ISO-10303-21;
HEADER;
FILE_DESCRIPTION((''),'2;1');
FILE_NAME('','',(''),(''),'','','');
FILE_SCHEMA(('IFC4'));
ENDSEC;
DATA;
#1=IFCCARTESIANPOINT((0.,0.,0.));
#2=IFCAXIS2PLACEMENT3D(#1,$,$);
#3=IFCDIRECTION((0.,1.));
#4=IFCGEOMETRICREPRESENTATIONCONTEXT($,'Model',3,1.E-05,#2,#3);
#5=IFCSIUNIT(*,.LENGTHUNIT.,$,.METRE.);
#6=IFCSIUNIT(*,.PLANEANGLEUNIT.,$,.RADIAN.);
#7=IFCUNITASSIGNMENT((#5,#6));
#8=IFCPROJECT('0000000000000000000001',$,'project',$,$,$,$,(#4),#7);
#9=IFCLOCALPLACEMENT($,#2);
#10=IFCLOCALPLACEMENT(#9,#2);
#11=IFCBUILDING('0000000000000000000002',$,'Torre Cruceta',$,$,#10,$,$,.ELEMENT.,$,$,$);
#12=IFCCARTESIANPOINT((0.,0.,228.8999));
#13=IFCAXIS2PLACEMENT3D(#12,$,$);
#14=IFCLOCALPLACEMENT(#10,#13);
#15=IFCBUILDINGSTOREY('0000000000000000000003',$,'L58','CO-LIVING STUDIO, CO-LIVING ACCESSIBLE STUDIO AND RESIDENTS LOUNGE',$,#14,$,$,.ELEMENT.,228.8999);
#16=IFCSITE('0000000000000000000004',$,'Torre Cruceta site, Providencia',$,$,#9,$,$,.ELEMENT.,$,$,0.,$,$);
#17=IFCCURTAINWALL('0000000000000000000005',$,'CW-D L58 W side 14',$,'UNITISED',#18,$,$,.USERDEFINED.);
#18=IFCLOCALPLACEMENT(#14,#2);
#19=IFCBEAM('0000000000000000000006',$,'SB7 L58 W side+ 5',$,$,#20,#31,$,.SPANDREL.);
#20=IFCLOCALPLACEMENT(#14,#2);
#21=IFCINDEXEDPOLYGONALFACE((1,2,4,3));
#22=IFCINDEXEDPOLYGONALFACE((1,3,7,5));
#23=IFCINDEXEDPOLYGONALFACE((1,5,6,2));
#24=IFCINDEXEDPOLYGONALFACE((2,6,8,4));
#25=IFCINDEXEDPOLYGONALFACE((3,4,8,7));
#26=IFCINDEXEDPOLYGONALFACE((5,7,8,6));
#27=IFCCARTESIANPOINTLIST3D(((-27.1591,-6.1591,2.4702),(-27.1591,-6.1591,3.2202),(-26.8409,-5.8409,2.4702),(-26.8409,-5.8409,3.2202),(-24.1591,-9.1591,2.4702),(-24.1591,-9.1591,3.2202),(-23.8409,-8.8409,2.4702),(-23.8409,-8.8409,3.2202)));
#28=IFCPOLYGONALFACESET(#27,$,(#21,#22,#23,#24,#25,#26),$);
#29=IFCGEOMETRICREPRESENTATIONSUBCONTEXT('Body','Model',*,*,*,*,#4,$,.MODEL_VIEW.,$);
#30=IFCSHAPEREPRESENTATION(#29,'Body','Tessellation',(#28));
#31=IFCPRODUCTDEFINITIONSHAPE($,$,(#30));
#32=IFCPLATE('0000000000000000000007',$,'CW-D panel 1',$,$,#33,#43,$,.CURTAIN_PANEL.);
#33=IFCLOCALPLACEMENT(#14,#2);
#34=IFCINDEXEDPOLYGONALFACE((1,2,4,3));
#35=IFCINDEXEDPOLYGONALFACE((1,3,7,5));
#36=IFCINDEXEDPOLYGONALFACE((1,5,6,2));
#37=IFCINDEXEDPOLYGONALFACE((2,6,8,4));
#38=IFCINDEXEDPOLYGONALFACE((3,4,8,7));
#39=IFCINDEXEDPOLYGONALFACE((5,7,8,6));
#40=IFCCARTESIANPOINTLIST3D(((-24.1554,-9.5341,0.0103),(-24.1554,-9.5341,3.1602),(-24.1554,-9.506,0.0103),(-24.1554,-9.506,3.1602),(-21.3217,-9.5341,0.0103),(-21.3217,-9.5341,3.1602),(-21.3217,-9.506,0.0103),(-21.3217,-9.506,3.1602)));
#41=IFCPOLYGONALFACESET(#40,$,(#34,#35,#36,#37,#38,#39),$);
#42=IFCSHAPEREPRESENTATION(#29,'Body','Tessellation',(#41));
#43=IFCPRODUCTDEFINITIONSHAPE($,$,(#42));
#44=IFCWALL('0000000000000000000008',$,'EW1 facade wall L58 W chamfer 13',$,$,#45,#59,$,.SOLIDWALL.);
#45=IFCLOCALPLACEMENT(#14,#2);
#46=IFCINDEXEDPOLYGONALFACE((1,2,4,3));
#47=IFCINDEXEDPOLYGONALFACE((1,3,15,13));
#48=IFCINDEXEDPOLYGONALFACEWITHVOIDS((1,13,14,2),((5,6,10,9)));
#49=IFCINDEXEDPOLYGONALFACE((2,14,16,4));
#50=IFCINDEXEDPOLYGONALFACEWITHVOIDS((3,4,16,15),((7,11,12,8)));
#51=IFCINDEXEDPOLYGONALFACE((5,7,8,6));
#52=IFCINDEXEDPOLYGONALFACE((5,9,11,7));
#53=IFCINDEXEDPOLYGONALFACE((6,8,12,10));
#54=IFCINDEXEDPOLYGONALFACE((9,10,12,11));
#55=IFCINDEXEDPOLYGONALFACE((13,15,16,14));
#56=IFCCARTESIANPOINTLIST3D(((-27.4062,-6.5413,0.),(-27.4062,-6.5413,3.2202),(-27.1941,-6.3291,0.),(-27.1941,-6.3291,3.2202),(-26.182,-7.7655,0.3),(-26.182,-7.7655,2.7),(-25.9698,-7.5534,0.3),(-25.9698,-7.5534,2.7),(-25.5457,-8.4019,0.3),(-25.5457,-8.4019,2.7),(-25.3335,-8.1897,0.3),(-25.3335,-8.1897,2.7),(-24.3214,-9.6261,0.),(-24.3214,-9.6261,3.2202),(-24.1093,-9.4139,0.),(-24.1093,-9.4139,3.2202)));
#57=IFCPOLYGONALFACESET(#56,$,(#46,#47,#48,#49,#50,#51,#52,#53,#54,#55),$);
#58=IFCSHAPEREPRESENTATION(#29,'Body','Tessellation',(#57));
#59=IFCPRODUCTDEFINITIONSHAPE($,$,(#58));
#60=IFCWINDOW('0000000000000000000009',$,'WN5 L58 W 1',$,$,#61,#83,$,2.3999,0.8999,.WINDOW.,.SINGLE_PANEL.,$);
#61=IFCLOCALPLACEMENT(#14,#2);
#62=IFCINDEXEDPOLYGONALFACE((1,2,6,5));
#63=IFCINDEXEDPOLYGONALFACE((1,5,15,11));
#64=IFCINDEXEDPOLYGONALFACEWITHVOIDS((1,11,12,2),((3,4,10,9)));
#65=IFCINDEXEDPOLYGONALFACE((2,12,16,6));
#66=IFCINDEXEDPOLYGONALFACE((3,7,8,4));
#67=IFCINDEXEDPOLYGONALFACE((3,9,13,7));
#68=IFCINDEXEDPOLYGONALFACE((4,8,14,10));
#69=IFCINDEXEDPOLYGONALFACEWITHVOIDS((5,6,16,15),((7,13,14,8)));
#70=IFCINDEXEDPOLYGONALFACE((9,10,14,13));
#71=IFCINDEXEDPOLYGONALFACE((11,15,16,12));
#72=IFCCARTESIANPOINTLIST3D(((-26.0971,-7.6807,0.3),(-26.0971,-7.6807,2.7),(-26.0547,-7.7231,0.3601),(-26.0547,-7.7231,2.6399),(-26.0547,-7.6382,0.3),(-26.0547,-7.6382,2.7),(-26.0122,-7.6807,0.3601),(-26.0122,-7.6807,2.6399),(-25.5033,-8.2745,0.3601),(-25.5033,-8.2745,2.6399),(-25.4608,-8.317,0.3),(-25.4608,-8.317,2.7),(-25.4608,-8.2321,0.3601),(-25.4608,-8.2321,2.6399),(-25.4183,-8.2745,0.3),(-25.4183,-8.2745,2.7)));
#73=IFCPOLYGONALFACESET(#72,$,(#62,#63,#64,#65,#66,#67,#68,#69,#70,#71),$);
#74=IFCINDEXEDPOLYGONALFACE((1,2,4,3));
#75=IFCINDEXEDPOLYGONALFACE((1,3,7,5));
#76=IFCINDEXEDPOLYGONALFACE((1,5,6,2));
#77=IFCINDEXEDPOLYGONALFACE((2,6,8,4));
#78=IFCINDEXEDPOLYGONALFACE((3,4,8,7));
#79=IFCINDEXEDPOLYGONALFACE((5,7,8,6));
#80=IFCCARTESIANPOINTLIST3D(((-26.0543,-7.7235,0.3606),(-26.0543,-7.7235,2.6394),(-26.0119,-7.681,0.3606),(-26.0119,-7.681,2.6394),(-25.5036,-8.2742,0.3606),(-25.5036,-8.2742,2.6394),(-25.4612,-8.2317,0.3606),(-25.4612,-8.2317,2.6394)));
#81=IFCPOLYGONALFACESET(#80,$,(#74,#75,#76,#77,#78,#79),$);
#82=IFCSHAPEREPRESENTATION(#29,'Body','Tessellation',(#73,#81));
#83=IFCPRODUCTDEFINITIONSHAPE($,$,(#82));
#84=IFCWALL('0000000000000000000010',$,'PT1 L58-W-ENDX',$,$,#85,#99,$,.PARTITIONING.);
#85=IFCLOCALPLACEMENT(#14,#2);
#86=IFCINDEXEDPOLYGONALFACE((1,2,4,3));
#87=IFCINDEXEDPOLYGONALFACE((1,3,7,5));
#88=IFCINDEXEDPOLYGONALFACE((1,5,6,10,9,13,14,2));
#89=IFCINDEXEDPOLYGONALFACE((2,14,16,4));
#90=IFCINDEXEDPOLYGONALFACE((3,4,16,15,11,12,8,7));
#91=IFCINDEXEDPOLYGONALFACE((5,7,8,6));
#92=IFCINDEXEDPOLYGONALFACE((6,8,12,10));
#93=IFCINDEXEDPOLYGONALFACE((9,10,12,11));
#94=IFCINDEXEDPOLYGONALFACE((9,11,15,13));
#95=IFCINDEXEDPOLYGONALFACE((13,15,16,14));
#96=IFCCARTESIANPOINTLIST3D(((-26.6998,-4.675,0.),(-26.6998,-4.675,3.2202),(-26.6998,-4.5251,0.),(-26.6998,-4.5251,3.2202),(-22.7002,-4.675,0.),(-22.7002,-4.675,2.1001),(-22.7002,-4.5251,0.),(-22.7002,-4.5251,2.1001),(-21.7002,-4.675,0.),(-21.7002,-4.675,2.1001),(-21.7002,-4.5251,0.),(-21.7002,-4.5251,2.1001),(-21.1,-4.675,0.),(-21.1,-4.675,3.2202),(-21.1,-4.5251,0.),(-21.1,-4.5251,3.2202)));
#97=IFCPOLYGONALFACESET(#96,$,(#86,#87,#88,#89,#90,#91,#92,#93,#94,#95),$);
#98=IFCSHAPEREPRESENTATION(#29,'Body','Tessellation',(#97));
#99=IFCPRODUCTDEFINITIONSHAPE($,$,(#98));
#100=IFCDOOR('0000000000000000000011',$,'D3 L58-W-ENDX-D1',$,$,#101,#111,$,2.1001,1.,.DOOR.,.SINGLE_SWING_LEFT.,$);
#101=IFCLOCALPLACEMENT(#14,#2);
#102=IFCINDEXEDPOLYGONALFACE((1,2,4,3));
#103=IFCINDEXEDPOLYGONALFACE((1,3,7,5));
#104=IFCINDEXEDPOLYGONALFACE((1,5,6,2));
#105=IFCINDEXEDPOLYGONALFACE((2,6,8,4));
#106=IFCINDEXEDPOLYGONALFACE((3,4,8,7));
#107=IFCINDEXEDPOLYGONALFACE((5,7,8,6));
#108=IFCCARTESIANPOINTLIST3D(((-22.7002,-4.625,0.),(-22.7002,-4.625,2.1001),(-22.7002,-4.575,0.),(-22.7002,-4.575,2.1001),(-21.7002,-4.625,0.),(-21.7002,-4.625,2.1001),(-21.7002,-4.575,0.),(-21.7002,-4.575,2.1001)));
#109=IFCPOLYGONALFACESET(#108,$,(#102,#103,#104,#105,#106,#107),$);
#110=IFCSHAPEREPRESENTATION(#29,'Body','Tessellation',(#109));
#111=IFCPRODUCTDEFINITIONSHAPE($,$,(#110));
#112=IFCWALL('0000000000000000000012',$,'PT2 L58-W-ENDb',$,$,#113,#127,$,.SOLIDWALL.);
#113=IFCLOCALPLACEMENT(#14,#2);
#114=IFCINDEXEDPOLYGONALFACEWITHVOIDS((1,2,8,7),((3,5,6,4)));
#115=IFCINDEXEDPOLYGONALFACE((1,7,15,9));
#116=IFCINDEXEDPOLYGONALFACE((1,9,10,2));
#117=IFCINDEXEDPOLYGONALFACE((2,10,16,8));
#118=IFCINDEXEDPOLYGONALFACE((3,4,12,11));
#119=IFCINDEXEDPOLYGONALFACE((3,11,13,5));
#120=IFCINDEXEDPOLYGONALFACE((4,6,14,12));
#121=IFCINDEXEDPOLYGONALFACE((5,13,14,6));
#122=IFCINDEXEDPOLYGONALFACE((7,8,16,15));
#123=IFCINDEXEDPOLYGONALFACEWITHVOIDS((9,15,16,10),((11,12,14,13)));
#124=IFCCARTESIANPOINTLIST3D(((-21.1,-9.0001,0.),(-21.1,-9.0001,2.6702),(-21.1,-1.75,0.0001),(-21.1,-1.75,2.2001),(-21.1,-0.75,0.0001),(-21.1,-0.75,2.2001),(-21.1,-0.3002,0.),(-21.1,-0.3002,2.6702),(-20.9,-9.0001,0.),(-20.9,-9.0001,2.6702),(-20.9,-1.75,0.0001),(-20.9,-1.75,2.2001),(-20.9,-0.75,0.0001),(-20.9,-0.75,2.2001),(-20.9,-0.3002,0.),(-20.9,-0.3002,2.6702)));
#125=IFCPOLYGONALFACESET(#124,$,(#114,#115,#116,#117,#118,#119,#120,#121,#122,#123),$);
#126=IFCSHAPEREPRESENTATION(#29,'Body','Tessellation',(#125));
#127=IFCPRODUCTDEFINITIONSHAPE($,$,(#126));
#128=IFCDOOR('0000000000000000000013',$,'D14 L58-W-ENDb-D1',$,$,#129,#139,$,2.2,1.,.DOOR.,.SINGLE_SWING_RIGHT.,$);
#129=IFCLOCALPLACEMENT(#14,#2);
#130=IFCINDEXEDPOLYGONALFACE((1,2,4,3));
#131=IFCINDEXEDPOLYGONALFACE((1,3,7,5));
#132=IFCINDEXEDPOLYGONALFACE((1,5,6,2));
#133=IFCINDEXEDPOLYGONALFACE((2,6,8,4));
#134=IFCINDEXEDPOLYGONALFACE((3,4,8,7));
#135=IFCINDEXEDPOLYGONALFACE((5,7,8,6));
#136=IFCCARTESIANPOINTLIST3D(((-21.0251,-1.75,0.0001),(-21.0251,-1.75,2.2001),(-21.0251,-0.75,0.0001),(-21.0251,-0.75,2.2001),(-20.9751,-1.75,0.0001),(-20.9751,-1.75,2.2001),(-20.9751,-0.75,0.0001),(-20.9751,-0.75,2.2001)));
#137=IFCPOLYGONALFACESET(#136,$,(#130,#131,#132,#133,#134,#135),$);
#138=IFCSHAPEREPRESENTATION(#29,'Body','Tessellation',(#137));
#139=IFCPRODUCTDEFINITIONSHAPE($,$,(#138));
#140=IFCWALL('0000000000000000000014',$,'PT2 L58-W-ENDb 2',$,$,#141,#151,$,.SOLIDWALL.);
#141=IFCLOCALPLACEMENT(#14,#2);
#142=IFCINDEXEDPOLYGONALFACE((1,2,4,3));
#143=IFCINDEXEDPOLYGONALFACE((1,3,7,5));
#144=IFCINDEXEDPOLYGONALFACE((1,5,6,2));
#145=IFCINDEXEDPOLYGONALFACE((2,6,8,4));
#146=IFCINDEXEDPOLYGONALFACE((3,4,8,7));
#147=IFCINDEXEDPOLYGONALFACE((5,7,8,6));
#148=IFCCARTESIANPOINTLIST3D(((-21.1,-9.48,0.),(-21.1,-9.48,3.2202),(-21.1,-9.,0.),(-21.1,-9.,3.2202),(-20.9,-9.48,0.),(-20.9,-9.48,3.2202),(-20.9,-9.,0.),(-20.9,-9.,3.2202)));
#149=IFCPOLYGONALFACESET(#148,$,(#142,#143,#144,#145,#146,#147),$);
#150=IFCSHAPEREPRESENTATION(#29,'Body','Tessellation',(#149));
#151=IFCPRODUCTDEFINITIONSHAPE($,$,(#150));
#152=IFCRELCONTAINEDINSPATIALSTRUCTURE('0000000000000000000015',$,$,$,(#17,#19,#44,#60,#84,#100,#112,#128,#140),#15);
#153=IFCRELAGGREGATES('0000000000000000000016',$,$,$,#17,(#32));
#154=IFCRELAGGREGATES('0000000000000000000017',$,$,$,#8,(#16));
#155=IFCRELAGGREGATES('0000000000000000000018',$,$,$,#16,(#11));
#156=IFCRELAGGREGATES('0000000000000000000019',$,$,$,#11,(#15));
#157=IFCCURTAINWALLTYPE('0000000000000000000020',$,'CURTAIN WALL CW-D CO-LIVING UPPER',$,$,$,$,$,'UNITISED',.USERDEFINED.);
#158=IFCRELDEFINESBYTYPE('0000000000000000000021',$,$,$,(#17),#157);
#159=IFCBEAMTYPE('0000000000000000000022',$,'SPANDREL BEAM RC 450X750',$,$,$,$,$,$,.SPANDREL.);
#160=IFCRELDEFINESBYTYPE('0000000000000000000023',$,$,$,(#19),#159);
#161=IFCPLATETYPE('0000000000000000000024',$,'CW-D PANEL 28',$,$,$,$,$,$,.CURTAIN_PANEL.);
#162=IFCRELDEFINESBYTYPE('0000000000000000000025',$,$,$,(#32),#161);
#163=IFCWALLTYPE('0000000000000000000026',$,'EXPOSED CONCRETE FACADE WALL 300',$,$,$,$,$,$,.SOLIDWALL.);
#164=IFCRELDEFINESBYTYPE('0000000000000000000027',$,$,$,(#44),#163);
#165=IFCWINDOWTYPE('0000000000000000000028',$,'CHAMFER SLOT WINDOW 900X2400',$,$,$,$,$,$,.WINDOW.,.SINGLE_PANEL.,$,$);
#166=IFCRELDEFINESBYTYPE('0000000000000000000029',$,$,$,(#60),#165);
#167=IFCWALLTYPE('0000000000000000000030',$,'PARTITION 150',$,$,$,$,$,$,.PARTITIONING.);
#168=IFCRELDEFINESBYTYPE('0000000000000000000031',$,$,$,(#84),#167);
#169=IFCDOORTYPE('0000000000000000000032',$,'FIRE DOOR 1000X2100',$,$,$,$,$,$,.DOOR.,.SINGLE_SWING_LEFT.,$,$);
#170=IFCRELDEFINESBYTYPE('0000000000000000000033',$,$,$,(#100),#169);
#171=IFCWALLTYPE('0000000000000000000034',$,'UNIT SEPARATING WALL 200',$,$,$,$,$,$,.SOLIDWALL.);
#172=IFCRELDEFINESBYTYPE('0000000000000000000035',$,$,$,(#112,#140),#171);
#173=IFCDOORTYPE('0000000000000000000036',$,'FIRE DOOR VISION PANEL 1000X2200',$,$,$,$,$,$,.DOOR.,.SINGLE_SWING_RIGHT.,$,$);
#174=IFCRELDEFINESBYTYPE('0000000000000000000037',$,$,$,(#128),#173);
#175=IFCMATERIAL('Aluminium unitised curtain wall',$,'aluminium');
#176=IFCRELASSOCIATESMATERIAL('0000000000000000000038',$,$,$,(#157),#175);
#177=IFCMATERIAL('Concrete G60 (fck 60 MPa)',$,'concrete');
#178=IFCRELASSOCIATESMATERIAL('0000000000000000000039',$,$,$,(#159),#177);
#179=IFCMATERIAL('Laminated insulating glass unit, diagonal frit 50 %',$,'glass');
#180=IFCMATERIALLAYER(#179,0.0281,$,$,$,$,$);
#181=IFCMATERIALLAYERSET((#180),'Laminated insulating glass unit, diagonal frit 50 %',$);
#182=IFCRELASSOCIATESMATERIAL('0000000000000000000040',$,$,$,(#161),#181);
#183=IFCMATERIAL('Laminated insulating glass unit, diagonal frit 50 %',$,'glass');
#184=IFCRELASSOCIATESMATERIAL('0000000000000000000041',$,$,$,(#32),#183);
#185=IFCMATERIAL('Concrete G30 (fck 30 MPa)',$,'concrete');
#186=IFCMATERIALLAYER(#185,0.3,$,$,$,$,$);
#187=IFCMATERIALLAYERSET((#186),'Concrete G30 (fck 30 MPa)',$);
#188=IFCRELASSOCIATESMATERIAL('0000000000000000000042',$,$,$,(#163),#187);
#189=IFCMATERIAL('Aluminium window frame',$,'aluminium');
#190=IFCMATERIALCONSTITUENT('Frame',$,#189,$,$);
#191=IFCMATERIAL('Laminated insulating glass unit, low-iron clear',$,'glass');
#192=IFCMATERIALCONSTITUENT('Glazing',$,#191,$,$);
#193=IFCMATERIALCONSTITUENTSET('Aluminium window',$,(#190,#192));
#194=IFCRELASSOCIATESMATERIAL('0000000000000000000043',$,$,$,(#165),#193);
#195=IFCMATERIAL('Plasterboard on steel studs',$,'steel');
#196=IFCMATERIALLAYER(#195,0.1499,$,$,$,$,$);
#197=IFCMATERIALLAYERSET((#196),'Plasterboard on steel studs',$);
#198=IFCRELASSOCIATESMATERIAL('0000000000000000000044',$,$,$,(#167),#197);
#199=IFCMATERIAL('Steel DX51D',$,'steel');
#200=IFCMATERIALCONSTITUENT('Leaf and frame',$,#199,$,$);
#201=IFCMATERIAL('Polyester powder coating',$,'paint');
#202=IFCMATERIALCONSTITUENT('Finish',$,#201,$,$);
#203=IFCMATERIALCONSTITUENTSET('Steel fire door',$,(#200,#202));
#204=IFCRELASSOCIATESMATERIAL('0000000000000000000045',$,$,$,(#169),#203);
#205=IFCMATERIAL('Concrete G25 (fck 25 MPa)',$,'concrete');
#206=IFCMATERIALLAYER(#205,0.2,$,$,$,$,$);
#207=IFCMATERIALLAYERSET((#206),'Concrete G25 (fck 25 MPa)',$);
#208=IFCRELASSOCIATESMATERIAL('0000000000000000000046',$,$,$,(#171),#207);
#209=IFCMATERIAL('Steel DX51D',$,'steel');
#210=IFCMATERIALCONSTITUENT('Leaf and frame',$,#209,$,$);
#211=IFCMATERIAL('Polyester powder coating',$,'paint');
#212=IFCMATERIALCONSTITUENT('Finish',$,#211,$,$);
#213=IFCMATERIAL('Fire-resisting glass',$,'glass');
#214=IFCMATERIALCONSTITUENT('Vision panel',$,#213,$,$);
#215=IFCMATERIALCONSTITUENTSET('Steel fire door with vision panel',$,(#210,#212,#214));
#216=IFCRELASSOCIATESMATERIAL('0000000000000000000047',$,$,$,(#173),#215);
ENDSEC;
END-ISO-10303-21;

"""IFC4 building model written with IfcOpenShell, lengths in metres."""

from ifc_helpers import new_model, si_unit, direction, frame, frame_2d, origin, origin_2d, place, context, subcontext, project, spatial, rectangle, hollow_rectangle, extrude, material, layer, layer_set, constituent, constituent_set, material_profile, profile_set, type_object, element, fill, aggregate, save


model = new_model("IFC4")

# Units and contexts
model_context = context("Model", 3, precision=1e-05, world=origin(), true_north=direction((0.0, 1.0)))
body_context = subcontext(model_context, "Body", "Model", "MODEL_VIEW")
ifc_project = project(units=[si_unit("LENGTHUNIT", "METRE"), si_unit("PLANEANGLEUNIT", "RADIAN")], contexts=[model_context])

# Site, building, storey
site_placement = place(None, origin())
site = spatial("IfcSite", under=ifc_project, at=site_placement, Name="Torre Cruceta site, Providencia", CompositionType="ELEMENT", RefElevation=0.0)
building_placement = place(site_placement, origin())
building = spatial("IfcBuilding", under=site, at=building_placement, Name="Torre Cruceta", CompositionType="ELEMENT")
storey_placement = place(building_placement, frame((0.0, 0.0, 228.8999)))
storey = spatial("IfcBuildingStorey", under=building, at=storey_placement, Name="L58", Description="CO-LIVING STUDIO, CO-LIVING ACCESSIBLE STUDIO AND RESIDENTS LOUNGE", CompositionType="ELEMENT", Elevation=228.8999)

# Curtain wall
ifc_material_1 = material(Name="Aluminium unitised curtain wall", Category="aluminium")
curtain_wall_type = type_object("IfcCurtainWallType", Name="CURTAIN WALL CW-D CO-LIVING UPPER", ElementType="UNITISED", PredefinedType="USERDEFINED", material=ifc_material_1)
curtain_wall_placement = place(storey_placement, origin())
curtain_wall = element("IfcCurtainWall", 1, at=curtain_wall_placement, inside=storey, type_object=curtain_wall_type, Name="CW-D L58 W side 14", ObjectType="UNITISED", PredefinedType="USERDEFINED")

# Beam
ifc_material_2 = material(Name="Concrete G60 (fck 60 MPa)", Category="concrete")
ifc_material_profile_1 = material_profile(ifc_material_2, rectangle(XDim=0.45, YDim=0.75, at=origin_2d()), Name="RC 450X750")
ifc_profile_set_1 = profile_set([ifc_material_profile_1], Name="Concrete G60 (fck 60 MPa)")
beam_type_1 = type_object("IfcBeamType", Name="SPANDREL BEAM RC 450X750", PredefinedType="SPANDREL", material=ifc_profile_set_1)
beam_1_placement = place(storey_placement, frame((-24.0, -9.0, 2.8452), z_axis=(-0.707107, 0.707107, 0.0), x_axis=(-0.707107, -0.707107, 0.0)))
element("IfcBeam", 2, at=beam_1_placement, inside=storey, type_object=beam_type_1, Name="SB7 L58 W side+ 5", PredefinedType="SPANDREL", context=body_context, shape_type="SweptSolid", body=[
    extrude(rectangle(XDim=0.45, YDim=0.75, at=origin_2d()), origin(), (0.0, 0.0, 1.0), 4.2427),
])

# Plate
ifc_material_3 = material(Name="Laminated insulating glass unit, diagonal frit 50 %", Category="glass")
ifc_material_4 = material(Name="Laminated insulating glass unit, diagonal frit 50 %", Category="glass")
ifc_layer_1 = layer(ifc_material_4, 0.0281)
ifc_layer_set_1 = layer_set([ifc_layer_1], Name="Laminated insulating glass unit, diagonal frit 50 %")
plate_type = type_object("IfcPlateType", Name="CW-D PANEL 28", PredefinedType="CURTAIN_PANEL", material=ifc_layer_set_1)
plate_placement = place(storey_placement, frame((-22.7385, -9.52, 0.0103), z_axis=(0.0, 0.0, 1.0), x_axis=(1.0, 0.0, 0.0)))
plate = element("IfcPlate", 3, at=plate_placement, type_object=plate_type, material=ifc_material_3, Name="CW-D panel 1", PredefinedType="CURTAIN_PANEL", context=body_context, shape_type="SweptSolid", body=[
    extrude(rectangle(XDim=2.8337, YDim=0.0281, at=origin_2d()), origin(), (0.0, 0.0, 1.0), 3.1499),
])
aggregate(curtain_wall, [plate])

# Wall, opening, window
ifc_material_5 = material(Name="Concrete G30 (fck 30 MPa)", Category="concrete")
ifc_layer_2 = layer(ifc_material_5, 0.3)
ifc_layer_set_2 = layer_set([ifc_layer_2], Name="Concrete G30 (fck 30 MPa)")
wall_type_1 = type_object("IfcWallType", Name="EXPOSED CONCRETE FACADE WALL 300", PredefinedType="SOLIDWALL", material=ifc_layer_set_2)
wall_1_placement = place(storey_placement, frame((-27.3, -6.4353, 0.0), z_axis=(0.0, 0.0, 1.0), x_axis=(0.707107, -0.707107, 0.0)))
wall_1 = element("IfcWall", 4, at=wall_1_placement, inside=storey, type_object=wall_type_1, Name="EW1 facade wall L58 W chamfer 13", PredefinedType="SOLIDWALL", context=body_context, shape_type="SweptSolid", body=[
    extrude(rectangle(XDim=4.3625, YDim=0.3, at=frame_2d((2.1812, 0.0))), origin(), (0.0, 0.0, 1.0), 3.2202),
])
opening_1_placement = place(wall_1_placement, frame((1.7312, 0.0, 0.3)))
opening_1 = element("IfcOpeningElement", 5, at=opening_1_placement, cuts=wall_1, PredefinedType="OPENING", context=body_context, shape_type="SweptSolid", body=[
    extrude(rectangle(XDim=0.8999, YDim=2.3999, at=frame_2d((0.45, 1.2))), frame((0.0, 0.1599, 0.0), z_axis=(0.0, -1.0, 0.0), x_axis=(1.0, 0.0, 0.0)), (0.0, 0.0, 1.0), 0.3201),
])
ifc_material_6 = material(Name="Aluminium window frame", Category="aluminium")
ifc_constituent_1 = constituent(ifc_material_6, Name="Frame")
ifc_material_7 = material(Name="Laminated insulating glass unit, low-iron clear", Category="glass")
ifc_constituent_2 = constituent(ifc_material_7, Name="Glazing")
ifc_constituent_set_1 = constituent_set(constituents=[ifc_constituent_1, ifc_constituent_2], Name="Aluminium window")
window_type = type_object("IfcWindowType", Name="CHAMFER SLOT WINDOW 900X2400", PartitioningType="SINGLE_PANEL", PredefinedType="WINDOW", material=ifc_constituent_set_1)
window_placement = place(opening_1_placement, origin())
window = element("IfcWindow", 6, at=window_placement, inside=storey, type_object=window_type, Name="WN5 L58 W 1", OverallHeight=2.3999, OverallWidth=0.8999, PartitioningType="SINGLE_PANEL", PredefinedType="WINDOW", context=body_context, shape_type="SweptSolid", body=[
    extrude(hollow_rectangle(XDim=0.8999, YDim=2.3999, WallThickness=0.0601, at=frame_2d((0.45, 1.2))), frame((0.0, 0.03, 0.0), z_axis=(0.0, -1.0, 0.0), x_axis=(1.0, 0.0, 0.0)), (0.0, 0.0, 1.0), 0.0601),
    extrude(rectangle(XDim=0.7788, YDim=2.2788, at=frame_2d((0.45, 1.2))), frame((0.0, 0.03, 0.0), z_axis=(0.0, -1.0, 0.0), x_axis=(1.0, 0.0, 0.0)), (0.0, 0.0, 1.0), 0.0601),
])
fill(opening_1, window)

# Walls, openings, doors
ifc_material_8 = material(Name="Plasterboard on steel studs", Category="steel")
ifc_layer_3 = layer(ifc_material_8, 0.1499)
ifc_layer_set_3 = layer_set([ifc_layer_3], Name="Plasterboard on steel studs")
wall_type_2 = type_object("IfcWallType", Name="PARTITION 150", PredefinedType="PARTITIONING", material=ifc_layer_set_3)
wall_2_placement = place(storey_placement, frame((-21.1001, -4.6001, 0.0), z_axis=(0.0, 0.0, 1.0), x_axis=(-1.0, 0.0, 0.0)))
wall_2 = element("IfcWall", 7, at=wall_2_placement, inside=storey, type_object=wall_type_2, Name="PT1 L58-W-ENDX", PredefinedType="PARTITIONING", context=body_context, shape_type="SweptSolid", body=[
    extrude(rectangle(XDim=5.5999, YDim=0.1499, at=frame_2d((2.7998, 0.0))), origin(), (0.0, 0.0, 1.0), 3.2202),
])
opening_2_placement = place(wall_2_placement, frame((0.6001, 0.0, 0.0)))
opening_2 = element("IfcOpeningElement", 8, at=opening_2_placement, cuts=wall_2, PredefinedType="OPENING", context=body_context, shape_type="SweptSolid", body=[
    extrude(rectangle(XDim=1.0, YDim=2.1001, at=frame_2d((0.5, 1.05))), frame((0.0, 0.085, 0.0), z_axis=(0.0, -1.0, 0.0), x_axis=(1.0, 0.0, 0.0)), (0.0, 0.0, 1.0), 0.1699),
])
ifc_material_9 = material(Name="Steel DX51D", Category="steel")
ifc_constituent_3 = constituent(ifc_material_9, Name="Leaf and frame")
ifc_material_10 = material(Name="Polyester powder coating", Category="paint")
ifc_constituent_4 = constituent(ifc_material_10, Name="Finish")
ifc_constituent_set_2 = constituent_set(constituents=[ifc_constituent_3, ifc_constituent_4], Name="Steel fire door")
door_type_1 = type_object("IfcDoorType", Name="FIRE DOOR 1000X2100", OperationType="SINGLE_SWING_LEFT", PredefinedType="DOOR", material=ifc_constituent_set_2)
door_1_placement = place(opening_2_placement, origin())
door_1 = element("IfcDoor", 9, at=door_1_placement, inside=storey, type_object=door_type_1, Name="D3 L58-W-ENDX-D1", OperationType="SINGLE_SWING_LEFT", OverallHeight=2.1001, OverallWidth=1.0, PredefinedType="DOOR", context=body_context, shape_type="SweptSolid", body=[
    extrude(rectangle(XDim=1.0, YDim=2.1001, at=frame_2d((0.5, 1.05))), frame((0.0, 0.0249, 0.0), z_axis=(0.0, -1.0, 0.0), x_axis=(1.0, 0.0, 0.0)), (0.0, 0.0, 1.0), 0.05),
])
fill(opening_2, door_1)
ifc_material_11 = material(Name="Concrete G25 (fck 25 MPa)", Category="concrete")
ifc_layer_4 = layer(ifc_material_11, 0.2)
ifc_layer_set_4 = layer_set([ifc_layer_4], Name="Concrete G25 (fck 25 MPa)")
wall_type_3 = type_object("IfcWallType", Name="UNIT SEPARATING WALL 200", PredefinedType="SOLIDWALL", material=ifc_layer_set_4)
wall_3_placement = place(storey_placement, frame((-21.0, -0.3, 0.0), z_axis=(0.0, 0.0, 1.0), x_axis=(0.0, -1.0, 0.0)))
wall_3 = element("IfcWall", 10, at=wall_3_placement, inside=storey, type_object=wall_type_3, Name="PT2 L58-W-ENDb", PredefinedType="SOLIDWALL", context=body_context, shape_type="SweptSolid", body=[
    extrude(rectangle(XDim=8.7, YDim=0.2, at=frame_2d((4.3501, 0.0))), origin(), (0.0, 0.0, 1.0), 2.6702),
])
opening_3_placement = place(wall_3_placement, frame((0.45, 0.0, 0.0)))
opening_3 = element("IfcOpeningElement", 11, at=opening_3_placement, cuts=wall_3, PredefinedType="OPENING", context=body_context, shape_type="SweptSolid", body=[
    extrude(rectangle(XDim=1.0, YDim=2.2, at=frame_2d((0.5, 1.1001))), frame((0.0, 0.1099, 0.0), z_axis=(0.0, -1.0, 0.0), x_axis=(1.0, 0.0, 0.0)), (0.0, 0.0, 1.0), 0.22),
])
ifc_material_12 = material(Name="Steel DX51D", Category="steel")
ifc_constituent_5 = constituent(ifc_material_12, Name="Leaf and frame")
ifc_material_13 = material(Name="Polyester powder coating", Category="paint")
ifc_constituent_6 = constituent(ifc_material_13, Name="Finish")
ifc_material_14 = material(Name="Fire-resisting glass", Category="glass")
ifc_constituent_7 = constituent(ifc_material_14, Name="Vision panel")
ifc_constituent_set_3 = constituent_set(constituents=[ifc_constituent_5, ifc_constituent_6, ifc_constituent_7], Name="Steel fire door with vision panel")
door_type_2 = type_object("IfcDoorType", Name="FIRE DOOR VISION PANEL 1000X2200", OperationType="SINGLE_SWING_RIGHT", PredefinedType="DOOR", material=ifc_constituent_set_3)
door_2_placement = place(opening_3_placement, frame((1.0, 0.0, 0.0), z_axis=(0.0, 0.0, 1.0), x_axis=(-1.0, 0.0, 0.0)))
door_2 = element("IfcDoor", 12, at=door_2_placement, inside=storey, type_object=door_type_2, Name="D14 L58-W-ENDb-D1", OperationType="SINGLE_SWING_RIGHT", OverallHeight=2.2, OverallWidth=1.0, PredefinedType="DOOR", context=body_context, shape_type="SweptSolid", body=[
    extrude(rectangle(XDim=1.0, YDim=2.2, at=frame_2d((0.5, 1.1001))), frame((0.0, 0.0251, 0.0), z_axis=(0.0, -1.0, 0.0), x_axis=(1.0, 0.0, 0.0)), (0.0, 0.0, 1.0), 0.05),
])
fill(opening_3, door_2)

# Wall
wall_4_placement = place(storey_placement, frame((-21.0, -9.0, 0.0), z_axis=(0.0, 0.0, 1.0), x_axis=(0.0, -1.0, 0.0)))
element("IfcWall", 13, at=wall_4_placement, inside=storey, type_object=wall_type_3, Name="PT2 L58-W-ENDb 2", PredefinedType="SOLIDWALL", context=body_context, shape_type="SweptSolid", body=[
    extrude(rectangle(XDim=0.48, YDim=0.2, at=frame_2d((0.24, 0.0))), origin(), (0.0, 0.0, 1.0), 3.2202),
])

save(model, "model.ifc")
